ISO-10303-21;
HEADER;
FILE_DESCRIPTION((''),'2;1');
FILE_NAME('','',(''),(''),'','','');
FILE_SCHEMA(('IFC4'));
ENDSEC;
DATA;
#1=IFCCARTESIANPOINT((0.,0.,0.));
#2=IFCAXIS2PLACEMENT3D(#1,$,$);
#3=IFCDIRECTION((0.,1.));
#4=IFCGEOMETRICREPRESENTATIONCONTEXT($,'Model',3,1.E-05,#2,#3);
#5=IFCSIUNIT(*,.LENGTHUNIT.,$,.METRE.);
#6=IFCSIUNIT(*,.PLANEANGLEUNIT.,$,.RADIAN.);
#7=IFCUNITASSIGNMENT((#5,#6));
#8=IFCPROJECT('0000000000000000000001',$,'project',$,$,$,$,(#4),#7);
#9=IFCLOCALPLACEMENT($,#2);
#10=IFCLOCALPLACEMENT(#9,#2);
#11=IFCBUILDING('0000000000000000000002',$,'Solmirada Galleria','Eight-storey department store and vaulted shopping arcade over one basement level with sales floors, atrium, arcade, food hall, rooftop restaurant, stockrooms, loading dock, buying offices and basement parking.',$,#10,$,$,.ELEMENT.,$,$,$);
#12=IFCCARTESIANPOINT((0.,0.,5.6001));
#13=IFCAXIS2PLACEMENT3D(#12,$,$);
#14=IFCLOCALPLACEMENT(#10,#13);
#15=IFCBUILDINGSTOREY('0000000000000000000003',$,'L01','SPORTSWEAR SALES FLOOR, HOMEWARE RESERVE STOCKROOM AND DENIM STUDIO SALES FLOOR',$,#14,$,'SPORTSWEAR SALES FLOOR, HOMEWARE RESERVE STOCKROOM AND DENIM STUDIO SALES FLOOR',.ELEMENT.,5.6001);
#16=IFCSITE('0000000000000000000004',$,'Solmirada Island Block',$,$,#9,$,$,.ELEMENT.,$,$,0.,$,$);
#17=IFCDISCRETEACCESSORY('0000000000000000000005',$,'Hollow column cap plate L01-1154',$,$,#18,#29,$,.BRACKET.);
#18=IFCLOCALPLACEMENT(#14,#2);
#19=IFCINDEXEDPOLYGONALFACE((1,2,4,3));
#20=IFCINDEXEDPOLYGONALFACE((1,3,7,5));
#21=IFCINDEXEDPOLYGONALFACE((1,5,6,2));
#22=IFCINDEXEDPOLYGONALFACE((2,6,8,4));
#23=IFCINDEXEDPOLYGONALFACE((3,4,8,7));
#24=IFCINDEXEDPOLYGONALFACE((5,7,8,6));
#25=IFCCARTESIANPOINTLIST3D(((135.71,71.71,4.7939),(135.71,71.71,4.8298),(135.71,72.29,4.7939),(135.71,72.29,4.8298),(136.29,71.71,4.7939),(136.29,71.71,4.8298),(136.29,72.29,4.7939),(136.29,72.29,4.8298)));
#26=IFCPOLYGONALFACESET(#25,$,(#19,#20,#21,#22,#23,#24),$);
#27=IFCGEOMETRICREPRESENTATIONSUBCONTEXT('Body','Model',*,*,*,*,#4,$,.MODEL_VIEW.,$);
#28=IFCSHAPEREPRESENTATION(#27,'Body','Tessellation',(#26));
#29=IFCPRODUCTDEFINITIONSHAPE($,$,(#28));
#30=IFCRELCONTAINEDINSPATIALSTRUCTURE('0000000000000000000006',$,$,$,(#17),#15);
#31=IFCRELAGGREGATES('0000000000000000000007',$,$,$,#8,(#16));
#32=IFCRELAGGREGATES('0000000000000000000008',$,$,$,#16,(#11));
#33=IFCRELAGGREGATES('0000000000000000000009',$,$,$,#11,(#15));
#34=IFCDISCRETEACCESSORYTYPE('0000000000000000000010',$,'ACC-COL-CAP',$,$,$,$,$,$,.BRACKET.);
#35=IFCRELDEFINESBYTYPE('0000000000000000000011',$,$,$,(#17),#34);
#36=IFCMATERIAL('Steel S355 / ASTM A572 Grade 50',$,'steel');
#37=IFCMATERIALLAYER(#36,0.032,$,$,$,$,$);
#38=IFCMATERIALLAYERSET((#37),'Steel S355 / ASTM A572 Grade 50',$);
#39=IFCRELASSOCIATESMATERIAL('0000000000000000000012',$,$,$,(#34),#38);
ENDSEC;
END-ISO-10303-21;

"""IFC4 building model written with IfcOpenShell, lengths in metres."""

from ifc_helpers import new_model, si_unit, direction, frame, origin, origin_2d, place, context, subcontext, project, spatial, rectangle, extrude, material, layer, layer_set, type_object, element, save


model = new_model("IFC4")

# Units and contexts
model_context = context("Model", 3, precision=1e-05, world=origin(), true_north=direction((0.0, 1.0)))
body_context = subcontext(model_context, "Body", "Model", "MODEL_VIEW")
ifc_project = project(units=[si_unit("LENGTHUNIT", "METRE"), si_unit("PLANEANGLEUNIT", "RADIAN")], contexts=[model_context])

# Site, building, storey
site_placement = place(None, origin())
site = spatial("IfcSite", under=ifc_project, at=site_placement, Name="Solmirada Island Block", CompositionType="ELEMENT", RefElevation=0.0)
building_placement = place(site_placement, origin())
building = spatial("IfcBuilding", under=site, at=building_placement, Name="Solmirada Galleria", Description="Eight-storey department store and vaulted shopping arcade over one basement level with sales floors, atrium, arcade, food hall, rooftop restaurant, stockrooms, loading dock, buying offices and basement parking.", CompositionType="ELEMENT")
storey_placement = place(building_placement, frame((0.0, 0.0, 5.6001)))
storey = spatial("IfcBuildingStorey", under=building, at=storey_placement, Name="L01", Description="SPORTSWEAR SALES FLOOR, HOMEWARE RESERVE STOCKROOM AND DENIM STUDIO SALES FLOOR", LongName="SPORTSWEAR SALES FLOOR, HOMEWARE RESERVE STOCKROOM AND DENIM STUDIO SALES FLOOR", CompositionType="ELEMENT", Elevation=5.6001)

# Discrete accessory
ifc_material_1 = material(Name="Steel S355 / ASTM A572 Grade 50", Category="steel")
ifc_layer_1 = layer(ifc_material_1, 0.032)
ifc_layer_set_1 = layer_set([ifc_layer_1], Name="Steel S355 / ASTM A572 Grade 50")
discrete_accessory_type_1 = type_object("IfcDiscreteAccessoryType", Name="ACC-COL-CAP", PredefinedType="BRACKET", material=ifc_layer_set_1)
discrete_accessory_1_placement = place(storey_placement, frame((136.0, 72.0, 4.7939), z_axis=(0.0, 0.0, 1.0), x_axis=(1.0, 0.0, 0.0)))
element("IfcDiscreteAccessory", 1, at=discrete_accessory_1_placement, inside=storey, type_object=discrete_accessory_type_1, Name="Hollow column cap plate L01-1154", PredefinedType="BRACKET", context=body_context, shape_type="SweptSolid", body=[
    extrude(rectangle(XDim=0.5801, YDim=0.5801, at=origin_2d()), origin(), (0.0, 0.0, 1.0), 0.0359),
])

save(model, "model.ifc")
